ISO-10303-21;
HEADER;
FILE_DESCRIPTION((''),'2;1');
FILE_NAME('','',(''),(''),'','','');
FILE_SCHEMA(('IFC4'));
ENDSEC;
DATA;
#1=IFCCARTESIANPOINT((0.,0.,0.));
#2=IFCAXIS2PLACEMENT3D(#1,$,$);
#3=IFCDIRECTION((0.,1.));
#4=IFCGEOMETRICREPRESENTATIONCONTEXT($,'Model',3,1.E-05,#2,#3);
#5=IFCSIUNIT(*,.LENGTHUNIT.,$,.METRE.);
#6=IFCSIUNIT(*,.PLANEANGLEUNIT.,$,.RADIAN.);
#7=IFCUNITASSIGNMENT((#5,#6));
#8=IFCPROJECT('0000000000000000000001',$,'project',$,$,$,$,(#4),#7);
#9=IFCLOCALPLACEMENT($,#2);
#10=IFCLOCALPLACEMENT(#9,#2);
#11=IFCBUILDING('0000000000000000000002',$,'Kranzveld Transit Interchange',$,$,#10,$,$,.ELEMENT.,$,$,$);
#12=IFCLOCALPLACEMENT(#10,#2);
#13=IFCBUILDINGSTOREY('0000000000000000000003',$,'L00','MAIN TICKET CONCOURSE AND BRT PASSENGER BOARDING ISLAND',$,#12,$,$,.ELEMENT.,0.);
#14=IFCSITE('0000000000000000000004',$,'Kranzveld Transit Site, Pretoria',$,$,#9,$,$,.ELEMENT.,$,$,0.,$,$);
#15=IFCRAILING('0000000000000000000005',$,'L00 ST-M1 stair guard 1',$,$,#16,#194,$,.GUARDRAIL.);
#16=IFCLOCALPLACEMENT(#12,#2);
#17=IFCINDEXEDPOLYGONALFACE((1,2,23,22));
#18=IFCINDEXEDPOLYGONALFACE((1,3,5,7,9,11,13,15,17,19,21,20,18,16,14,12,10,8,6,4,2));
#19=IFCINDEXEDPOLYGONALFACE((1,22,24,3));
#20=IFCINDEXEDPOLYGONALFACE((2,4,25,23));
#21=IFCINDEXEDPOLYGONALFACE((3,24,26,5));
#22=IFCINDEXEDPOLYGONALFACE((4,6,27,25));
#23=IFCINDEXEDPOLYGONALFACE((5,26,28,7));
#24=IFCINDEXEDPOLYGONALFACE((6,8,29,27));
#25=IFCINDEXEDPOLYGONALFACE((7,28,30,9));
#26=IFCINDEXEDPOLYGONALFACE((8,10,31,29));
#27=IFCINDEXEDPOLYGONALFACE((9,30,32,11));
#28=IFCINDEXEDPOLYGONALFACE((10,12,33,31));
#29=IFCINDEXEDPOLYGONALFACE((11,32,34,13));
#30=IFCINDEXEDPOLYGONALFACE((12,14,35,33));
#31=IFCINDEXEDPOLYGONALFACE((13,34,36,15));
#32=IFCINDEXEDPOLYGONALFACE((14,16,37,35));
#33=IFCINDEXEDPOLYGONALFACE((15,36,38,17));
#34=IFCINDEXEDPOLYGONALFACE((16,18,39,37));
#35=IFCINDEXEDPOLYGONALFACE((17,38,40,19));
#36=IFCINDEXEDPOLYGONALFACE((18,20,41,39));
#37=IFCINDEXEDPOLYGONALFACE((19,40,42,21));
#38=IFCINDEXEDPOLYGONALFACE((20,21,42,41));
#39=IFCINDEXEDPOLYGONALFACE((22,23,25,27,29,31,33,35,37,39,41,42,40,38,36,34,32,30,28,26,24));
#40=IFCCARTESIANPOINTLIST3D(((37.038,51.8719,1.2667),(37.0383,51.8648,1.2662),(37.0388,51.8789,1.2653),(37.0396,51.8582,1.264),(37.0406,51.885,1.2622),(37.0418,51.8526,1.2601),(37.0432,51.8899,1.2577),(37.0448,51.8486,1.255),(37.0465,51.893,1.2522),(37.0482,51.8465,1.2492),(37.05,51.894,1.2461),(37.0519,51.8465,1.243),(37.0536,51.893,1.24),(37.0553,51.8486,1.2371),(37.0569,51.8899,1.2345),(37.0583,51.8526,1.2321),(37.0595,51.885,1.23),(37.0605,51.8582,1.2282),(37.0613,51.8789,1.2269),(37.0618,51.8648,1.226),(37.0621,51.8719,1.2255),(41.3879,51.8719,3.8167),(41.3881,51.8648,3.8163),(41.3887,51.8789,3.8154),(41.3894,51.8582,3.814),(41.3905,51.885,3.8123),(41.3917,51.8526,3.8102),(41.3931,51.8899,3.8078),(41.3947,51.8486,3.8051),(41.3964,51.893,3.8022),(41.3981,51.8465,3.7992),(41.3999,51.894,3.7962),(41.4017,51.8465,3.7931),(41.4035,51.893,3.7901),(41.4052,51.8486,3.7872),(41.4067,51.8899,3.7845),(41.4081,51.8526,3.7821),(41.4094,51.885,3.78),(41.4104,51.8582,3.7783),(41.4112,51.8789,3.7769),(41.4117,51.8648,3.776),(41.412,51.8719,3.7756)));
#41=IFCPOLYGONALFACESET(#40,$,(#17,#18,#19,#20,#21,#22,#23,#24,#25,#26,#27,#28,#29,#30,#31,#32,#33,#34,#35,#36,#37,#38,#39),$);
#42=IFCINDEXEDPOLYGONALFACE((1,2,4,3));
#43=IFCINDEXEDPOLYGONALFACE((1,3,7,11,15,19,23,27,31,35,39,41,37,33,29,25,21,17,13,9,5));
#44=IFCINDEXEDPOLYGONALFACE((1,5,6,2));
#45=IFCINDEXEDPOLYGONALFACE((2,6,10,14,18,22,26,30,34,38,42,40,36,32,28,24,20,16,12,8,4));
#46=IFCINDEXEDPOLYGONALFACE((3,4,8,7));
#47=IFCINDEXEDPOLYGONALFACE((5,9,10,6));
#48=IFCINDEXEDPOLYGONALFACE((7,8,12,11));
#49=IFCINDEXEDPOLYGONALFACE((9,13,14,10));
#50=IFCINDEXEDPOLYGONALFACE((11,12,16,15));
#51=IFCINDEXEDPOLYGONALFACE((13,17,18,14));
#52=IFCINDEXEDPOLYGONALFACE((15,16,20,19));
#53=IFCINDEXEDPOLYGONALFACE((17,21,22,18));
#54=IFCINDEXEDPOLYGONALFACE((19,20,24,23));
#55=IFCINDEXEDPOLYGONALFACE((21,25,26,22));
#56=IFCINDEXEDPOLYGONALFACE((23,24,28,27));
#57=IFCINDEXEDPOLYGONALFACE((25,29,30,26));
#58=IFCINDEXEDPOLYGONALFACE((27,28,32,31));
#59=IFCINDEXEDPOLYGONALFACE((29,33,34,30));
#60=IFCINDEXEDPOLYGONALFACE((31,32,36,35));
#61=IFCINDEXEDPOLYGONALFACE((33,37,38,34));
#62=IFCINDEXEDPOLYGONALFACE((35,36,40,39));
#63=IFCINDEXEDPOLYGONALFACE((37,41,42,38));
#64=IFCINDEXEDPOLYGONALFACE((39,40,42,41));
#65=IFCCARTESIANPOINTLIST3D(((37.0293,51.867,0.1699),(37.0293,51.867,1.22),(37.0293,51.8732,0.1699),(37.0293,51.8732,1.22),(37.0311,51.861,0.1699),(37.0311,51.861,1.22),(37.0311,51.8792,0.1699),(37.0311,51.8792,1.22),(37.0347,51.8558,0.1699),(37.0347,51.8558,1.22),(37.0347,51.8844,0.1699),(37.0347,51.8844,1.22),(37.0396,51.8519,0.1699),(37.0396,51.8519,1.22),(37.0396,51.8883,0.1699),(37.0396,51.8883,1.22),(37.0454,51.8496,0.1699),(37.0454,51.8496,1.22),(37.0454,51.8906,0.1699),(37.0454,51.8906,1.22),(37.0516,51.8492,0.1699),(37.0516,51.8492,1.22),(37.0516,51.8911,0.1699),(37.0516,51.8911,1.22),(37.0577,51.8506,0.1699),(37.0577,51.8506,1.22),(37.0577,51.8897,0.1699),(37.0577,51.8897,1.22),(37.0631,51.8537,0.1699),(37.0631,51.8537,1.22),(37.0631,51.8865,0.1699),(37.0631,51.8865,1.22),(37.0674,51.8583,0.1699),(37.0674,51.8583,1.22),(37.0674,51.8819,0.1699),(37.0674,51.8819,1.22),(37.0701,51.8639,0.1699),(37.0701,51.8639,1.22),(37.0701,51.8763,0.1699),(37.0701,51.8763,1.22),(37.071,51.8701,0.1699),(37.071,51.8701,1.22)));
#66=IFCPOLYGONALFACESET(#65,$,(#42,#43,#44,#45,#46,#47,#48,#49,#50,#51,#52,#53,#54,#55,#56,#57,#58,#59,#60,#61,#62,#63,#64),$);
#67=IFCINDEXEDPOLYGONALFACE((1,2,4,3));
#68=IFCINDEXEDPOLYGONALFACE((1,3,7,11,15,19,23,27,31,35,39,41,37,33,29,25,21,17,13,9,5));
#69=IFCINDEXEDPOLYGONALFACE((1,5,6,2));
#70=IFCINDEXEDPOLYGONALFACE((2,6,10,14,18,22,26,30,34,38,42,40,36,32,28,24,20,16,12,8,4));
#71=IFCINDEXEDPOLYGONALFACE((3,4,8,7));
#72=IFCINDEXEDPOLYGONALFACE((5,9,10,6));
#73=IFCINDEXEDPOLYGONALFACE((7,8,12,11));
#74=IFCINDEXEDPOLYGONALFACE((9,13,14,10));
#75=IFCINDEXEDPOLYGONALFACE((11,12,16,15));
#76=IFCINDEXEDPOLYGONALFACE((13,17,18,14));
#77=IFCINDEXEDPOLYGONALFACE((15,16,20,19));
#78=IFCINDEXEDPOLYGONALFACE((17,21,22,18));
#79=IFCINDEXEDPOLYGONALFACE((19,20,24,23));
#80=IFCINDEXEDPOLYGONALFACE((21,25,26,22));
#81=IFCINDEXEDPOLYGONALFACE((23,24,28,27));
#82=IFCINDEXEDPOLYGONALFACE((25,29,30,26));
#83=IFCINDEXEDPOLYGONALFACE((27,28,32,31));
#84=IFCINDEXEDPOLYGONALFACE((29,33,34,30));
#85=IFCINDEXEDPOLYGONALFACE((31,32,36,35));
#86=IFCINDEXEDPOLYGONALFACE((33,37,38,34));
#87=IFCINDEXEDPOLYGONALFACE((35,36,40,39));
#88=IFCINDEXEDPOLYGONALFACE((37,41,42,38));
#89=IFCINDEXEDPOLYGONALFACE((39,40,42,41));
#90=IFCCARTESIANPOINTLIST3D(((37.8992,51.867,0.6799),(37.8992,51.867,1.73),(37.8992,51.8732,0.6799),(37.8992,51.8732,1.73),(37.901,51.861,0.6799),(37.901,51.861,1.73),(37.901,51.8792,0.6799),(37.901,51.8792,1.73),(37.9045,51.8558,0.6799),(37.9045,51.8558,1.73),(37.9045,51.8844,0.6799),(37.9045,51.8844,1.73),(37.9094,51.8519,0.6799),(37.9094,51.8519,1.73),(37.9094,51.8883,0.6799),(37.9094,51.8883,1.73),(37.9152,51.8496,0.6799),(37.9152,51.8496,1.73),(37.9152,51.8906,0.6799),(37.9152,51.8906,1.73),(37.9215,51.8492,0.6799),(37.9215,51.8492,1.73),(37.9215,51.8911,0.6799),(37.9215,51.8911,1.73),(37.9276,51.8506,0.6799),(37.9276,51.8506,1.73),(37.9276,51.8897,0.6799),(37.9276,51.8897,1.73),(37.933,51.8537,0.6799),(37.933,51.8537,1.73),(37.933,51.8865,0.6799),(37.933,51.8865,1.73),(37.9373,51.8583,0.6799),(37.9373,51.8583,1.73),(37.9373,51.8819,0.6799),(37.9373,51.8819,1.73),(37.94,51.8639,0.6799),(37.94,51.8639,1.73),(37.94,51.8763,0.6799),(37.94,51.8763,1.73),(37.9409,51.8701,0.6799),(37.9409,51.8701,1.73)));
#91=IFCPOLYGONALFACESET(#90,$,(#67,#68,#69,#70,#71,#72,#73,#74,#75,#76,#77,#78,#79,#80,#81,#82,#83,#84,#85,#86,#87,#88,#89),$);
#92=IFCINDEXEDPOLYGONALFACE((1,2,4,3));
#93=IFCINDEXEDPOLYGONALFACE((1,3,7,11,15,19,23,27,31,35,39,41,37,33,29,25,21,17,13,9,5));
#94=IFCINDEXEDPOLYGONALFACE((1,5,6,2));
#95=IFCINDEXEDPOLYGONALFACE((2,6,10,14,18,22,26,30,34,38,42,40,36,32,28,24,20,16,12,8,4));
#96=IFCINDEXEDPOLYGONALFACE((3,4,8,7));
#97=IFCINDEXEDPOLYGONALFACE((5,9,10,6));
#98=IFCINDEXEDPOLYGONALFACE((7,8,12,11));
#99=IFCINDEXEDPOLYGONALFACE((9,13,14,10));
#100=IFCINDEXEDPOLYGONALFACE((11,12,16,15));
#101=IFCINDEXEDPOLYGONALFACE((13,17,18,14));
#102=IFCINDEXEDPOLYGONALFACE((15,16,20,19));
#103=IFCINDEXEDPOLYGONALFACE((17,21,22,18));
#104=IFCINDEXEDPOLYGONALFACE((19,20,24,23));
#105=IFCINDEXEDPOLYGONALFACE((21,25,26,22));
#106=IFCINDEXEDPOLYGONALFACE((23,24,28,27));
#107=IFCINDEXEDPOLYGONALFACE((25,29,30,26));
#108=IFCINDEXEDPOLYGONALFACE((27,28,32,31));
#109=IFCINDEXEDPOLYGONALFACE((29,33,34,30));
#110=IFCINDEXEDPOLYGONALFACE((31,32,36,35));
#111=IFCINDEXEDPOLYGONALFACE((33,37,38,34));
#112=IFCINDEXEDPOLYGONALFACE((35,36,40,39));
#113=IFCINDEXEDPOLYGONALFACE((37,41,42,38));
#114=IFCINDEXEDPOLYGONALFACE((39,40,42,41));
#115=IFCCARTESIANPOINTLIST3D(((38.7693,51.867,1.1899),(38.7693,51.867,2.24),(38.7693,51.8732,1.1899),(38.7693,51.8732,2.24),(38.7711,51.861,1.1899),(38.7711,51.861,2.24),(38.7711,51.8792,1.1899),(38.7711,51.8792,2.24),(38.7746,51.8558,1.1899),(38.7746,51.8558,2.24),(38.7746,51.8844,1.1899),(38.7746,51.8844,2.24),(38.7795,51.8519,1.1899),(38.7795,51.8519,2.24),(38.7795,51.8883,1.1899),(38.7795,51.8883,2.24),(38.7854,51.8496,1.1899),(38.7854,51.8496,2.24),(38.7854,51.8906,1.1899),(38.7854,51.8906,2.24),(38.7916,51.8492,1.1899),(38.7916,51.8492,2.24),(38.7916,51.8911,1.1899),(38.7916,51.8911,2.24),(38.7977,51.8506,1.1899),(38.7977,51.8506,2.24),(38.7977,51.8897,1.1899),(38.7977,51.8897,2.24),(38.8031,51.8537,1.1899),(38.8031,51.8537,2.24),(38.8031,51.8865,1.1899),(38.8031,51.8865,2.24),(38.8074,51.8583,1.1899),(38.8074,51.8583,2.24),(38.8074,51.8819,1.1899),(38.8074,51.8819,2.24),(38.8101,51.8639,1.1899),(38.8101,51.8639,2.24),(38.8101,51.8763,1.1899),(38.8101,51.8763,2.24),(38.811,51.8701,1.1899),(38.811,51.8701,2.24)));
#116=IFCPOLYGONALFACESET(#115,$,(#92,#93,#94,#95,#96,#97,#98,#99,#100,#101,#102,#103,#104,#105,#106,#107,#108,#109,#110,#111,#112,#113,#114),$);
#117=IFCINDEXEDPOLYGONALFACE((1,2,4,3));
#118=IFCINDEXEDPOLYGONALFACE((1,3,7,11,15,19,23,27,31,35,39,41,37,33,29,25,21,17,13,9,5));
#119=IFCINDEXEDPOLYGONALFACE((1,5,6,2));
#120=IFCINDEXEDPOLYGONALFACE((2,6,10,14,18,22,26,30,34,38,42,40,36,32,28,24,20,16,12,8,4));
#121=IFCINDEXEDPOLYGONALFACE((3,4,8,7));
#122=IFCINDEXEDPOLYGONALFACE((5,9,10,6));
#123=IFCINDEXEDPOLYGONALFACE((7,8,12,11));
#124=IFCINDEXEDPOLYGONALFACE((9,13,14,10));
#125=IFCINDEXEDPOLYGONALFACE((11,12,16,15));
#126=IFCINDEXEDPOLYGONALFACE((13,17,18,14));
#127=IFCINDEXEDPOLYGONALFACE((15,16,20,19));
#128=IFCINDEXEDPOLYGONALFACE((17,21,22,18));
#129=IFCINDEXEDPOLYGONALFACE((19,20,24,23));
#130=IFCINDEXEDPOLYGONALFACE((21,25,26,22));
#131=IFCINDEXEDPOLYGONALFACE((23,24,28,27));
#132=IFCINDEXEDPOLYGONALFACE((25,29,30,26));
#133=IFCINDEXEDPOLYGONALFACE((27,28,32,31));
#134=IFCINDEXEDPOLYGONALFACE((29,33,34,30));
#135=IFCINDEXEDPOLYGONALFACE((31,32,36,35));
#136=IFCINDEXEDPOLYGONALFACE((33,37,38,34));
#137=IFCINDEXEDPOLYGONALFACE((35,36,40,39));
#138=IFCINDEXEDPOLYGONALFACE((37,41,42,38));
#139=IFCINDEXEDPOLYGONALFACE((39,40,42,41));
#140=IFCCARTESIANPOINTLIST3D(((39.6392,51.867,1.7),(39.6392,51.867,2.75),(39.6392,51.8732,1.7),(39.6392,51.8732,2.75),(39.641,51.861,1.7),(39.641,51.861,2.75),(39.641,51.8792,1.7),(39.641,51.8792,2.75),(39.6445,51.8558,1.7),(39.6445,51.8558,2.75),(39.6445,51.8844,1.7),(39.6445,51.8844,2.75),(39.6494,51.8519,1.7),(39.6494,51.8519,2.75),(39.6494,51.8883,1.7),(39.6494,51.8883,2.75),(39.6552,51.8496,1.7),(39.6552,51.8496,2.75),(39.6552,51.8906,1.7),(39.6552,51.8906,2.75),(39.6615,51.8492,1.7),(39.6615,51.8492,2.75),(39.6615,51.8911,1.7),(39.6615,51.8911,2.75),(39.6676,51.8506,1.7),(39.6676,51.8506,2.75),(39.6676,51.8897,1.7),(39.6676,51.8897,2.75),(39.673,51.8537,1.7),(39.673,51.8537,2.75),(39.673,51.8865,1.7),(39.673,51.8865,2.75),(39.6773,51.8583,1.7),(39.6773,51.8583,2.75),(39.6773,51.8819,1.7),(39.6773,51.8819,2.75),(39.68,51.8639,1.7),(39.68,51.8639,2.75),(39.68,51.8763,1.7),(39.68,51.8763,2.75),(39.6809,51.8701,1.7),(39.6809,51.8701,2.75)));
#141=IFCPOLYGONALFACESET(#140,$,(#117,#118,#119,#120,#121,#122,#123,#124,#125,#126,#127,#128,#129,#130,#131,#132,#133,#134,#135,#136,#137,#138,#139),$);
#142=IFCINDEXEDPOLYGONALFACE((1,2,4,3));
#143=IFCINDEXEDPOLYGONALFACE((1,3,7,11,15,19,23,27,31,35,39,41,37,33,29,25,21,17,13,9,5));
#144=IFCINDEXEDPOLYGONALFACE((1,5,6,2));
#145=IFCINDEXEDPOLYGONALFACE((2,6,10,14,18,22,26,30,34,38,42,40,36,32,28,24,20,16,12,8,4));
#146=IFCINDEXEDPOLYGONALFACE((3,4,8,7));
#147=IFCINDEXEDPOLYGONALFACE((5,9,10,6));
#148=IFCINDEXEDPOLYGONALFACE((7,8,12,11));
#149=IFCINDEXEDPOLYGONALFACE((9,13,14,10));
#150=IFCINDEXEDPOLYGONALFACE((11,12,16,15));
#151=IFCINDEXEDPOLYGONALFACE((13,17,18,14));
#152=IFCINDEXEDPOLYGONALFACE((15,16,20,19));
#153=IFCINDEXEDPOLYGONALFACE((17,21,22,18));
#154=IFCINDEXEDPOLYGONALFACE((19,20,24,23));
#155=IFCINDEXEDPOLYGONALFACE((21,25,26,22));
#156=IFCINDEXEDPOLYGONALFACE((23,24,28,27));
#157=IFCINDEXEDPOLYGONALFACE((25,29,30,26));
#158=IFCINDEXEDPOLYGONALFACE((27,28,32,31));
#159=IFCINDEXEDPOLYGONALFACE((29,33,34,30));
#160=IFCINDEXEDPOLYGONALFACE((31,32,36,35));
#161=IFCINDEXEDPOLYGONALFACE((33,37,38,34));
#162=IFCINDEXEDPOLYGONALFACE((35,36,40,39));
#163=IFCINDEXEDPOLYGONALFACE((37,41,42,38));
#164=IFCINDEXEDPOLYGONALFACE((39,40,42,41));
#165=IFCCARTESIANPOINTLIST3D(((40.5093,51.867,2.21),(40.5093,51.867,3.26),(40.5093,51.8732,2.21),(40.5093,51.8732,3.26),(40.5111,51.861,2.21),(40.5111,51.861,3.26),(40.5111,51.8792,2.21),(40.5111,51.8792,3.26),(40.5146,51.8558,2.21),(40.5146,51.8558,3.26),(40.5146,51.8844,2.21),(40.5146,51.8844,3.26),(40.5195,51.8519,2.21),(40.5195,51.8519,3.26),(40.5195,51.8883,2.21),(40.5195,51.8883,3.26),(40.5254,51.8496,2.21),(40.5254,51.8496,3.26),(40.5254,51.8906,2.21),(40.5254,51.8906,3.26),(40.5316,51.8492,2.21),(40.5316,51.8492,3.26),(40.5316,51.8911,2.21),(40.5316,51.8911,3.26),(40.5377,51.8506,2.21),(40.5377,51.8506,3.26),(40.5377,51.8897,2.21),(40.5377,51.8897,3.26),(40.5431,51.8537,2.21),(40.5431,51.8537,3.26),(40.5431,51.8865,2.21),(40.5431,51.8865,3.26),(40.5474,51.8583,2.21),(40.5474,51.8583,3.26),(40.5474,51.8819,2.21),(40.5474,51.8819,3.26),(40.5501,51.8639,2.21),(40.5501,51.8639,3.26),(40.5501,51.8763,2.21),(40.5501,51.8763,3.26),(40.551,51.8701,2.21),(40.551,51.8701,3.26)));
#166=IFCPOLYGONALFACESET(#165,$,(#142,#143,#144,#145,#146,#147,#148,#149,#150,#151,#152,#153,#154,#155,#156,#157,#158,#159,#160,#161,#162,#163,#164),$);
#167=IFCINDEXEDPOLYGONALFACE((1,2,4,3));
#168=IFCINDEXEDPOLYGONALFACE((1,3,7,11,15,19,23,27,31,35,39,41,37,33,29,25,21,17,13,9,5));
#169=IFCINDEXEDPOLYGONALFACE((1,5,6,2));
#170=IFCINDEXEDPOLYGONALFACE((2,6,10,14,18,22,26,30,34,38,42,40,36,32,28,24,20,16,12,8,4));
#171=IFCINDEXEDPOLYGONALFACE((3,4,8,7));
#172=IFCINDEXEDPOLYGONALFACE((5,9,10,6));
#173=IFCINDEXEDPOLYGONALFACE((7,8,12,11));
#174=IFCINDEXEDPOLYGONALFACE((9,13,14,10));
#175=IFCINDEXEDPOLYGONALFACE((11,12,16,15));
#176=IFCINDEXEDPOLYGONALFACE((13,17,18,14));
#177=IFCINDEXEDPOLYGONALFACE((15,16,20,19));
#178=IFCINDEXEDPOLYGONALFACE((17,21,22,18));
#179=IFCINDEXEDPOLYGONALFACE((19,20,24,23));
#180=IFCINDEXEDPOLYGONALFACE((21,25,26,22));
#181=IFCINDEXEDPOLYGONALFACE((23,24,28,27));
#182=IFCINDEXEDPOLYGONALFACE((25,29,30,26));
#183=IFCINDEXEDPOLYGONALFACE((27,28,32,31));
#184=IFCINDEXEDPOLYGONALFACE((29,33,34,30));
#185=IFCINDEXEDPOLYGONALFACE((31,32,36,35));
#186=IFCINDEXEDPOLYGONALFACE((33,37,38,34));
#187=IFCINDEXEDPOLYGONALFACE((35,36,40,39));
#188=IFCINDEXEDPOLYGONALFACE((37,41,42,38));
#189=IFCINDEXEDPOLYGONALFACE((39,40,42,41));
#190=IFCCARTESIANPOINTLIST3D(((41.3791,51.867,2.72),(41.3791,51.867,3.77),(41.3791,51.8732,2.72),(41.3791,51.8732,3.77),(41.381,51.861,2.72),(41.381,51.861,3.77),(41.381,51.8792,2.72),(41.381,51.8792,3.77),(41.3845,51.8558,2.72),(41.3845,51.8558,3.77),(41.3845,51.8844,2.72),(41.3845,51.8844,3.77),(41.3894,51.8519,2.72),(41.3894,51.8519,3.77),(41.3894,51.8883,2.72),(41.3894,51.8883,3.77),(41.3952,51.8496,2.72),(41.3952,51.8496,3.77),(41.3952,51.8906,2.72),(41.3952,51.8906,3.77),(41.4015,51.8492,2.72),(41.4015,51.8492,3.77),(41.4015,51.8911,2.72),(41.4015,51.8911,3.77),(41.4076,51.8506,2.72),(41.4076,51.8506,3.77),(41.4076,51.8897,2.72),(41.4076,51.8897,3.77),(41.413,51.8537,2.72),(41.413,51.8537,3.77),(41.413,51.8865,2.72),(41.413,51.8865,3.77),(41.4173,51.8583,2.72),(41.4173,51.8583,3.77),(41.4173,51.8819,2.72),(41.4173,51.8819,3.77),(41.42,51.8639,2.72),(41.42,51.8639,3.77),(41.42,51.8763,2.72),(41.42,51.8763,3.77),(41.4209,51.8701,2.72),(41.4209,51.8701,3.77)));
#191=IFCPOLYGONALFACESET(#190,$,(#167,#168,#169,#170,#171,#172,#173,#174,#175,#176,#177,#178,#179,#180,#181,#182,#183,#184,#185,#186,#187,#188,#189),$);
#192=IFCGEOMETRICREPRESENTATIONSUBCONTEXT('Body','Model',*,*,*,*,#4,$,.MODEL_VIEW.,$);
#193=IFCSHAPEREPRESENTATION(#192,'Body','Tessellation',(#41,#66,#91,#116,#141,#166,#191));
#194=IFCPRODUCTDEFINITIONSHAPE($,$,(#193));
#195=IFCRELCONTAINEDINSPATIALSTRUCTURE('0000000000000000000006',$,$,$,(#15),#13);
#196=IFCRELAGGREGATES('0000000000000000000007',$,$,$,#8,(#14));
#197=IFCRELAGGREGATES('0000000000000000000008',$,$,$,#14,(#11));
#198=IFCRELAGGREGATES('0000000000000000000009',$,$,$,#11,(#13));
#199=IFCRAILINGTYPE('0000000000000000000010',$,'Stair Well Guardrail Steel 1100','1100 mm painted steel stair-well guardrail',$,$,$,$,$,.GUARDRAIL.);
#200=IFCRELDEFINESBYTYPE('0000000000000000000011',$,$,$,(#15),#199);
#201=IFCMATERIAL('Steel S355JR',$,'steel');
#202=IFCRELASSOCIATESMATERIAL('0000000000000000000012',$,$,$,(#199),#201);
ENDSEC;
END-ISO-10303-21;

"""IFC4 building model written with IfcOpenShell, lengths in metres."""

from ifc_helpers import new_model, si_unit, direction, frame, origin, origin_2d, place, context, subcontext, project, spatial, circle, extrude, material, type_object, element, save


model = new_model("IFC4")

# Units and contexts
model_context = context("Model", 3, precision=1e-05, world=origin(), true_north=direction((0.0, 1.0)))
body_context = subcontext(model_context, "Body", "Model", "MODEL_VIEW")
ifc_project = project(units=[si_unit("LENGTHUNIT", "METRE"), si_unit("PLANEANGLEUNIT", "RADIAN")], contexts=[model_context])

# Site, building, storey
site_placement = place(None, origin())
site = spatial("IfcSite", under=ifc_project, at=site_placement, Name="Kranzveld Transit Site, Pretoria", CompositionType="ELEMENT", RefElevation=0.0)
building_placement = place(site_placement, origin())
building = spatial("IfcBuilding", under=site, at=building_placement, Name="Kranzveld Transit Interchange", CompositionType="ELEMENT")
storey_placement = place(building_placement, origin())
storey = spatial("IfcBuildingStorey", under=building, at=storey_placement, Name="L00", Description="MAIN TICKET CONCOURSE AND BRT PASSENGER BOARDING ISLAND", CompositionType="ELEMENT", Elevation=0.0)

# Railing
ifc_material_1 = material(Name="Steel S355JR", Category="steel")
railing_type_1 = type_object("IfcRailingType", Name="Stair Well Guardrail Steel 1100", Description="1100 mm painted steel stair-well guardrail", PredefinedType="GUARDRAIL", material=ifc_material_1)
railing_1_placement = place(storey_placement, frame((37.05, 51.8701, 0.1699)))
element("IfcRailing", 1, at=railing_1_placement, inside=storey, type_object=railing_type_1, Name="L00 ST-M1 stair guard 1", PredefinedType="GUARDRAIL", context=body_context, shape_type="SweptSolid", body=[
    extrude(circle(Radius=0.0239, at=origin_2d()), frame((0.0, 0.0, 1.0762), z_axis=(0.862686, 0.0, 0.505739), x_axis=(0.0, 1.0, 0.0)), (0.0, 0.0, 1.0), 5.0422),
    extrude(circle(Radius=0.021, at=origin_2d()), origin(), (0.0, 0.0, 1.0), 1.05),
    extrude(circle(Radius=0.021, at=origin_2d()), frame((0.8699, 0.0, 0.51)), (0.0, 0.0, 1.0), 1.05),
    extrude(circle(Radius=0.021, at=origin_2d()), frame((1.74, 0.0, 1.02)), (0.0, 0.0, 1.0), 1.05),
    extrude(circle(Radius=0.021, at=origin_2d()), frame((2.6099, 0.0, 1.53)), (0.0, 0.0, 1.0), 1.05),
    extrude(circle(Radius=0.021, at=origin_2d()), frame((3.48, 0.0, 2.04)), (0.0, 0.0, 1.0), 1.05),
    extrude(circle(Radius=0.021, at=origin_2d()), frame((4.3499, 0.0, 2.55)), (0.0, 0.0, 1.0), 1.05),
])

save(model, "model.ifc")
